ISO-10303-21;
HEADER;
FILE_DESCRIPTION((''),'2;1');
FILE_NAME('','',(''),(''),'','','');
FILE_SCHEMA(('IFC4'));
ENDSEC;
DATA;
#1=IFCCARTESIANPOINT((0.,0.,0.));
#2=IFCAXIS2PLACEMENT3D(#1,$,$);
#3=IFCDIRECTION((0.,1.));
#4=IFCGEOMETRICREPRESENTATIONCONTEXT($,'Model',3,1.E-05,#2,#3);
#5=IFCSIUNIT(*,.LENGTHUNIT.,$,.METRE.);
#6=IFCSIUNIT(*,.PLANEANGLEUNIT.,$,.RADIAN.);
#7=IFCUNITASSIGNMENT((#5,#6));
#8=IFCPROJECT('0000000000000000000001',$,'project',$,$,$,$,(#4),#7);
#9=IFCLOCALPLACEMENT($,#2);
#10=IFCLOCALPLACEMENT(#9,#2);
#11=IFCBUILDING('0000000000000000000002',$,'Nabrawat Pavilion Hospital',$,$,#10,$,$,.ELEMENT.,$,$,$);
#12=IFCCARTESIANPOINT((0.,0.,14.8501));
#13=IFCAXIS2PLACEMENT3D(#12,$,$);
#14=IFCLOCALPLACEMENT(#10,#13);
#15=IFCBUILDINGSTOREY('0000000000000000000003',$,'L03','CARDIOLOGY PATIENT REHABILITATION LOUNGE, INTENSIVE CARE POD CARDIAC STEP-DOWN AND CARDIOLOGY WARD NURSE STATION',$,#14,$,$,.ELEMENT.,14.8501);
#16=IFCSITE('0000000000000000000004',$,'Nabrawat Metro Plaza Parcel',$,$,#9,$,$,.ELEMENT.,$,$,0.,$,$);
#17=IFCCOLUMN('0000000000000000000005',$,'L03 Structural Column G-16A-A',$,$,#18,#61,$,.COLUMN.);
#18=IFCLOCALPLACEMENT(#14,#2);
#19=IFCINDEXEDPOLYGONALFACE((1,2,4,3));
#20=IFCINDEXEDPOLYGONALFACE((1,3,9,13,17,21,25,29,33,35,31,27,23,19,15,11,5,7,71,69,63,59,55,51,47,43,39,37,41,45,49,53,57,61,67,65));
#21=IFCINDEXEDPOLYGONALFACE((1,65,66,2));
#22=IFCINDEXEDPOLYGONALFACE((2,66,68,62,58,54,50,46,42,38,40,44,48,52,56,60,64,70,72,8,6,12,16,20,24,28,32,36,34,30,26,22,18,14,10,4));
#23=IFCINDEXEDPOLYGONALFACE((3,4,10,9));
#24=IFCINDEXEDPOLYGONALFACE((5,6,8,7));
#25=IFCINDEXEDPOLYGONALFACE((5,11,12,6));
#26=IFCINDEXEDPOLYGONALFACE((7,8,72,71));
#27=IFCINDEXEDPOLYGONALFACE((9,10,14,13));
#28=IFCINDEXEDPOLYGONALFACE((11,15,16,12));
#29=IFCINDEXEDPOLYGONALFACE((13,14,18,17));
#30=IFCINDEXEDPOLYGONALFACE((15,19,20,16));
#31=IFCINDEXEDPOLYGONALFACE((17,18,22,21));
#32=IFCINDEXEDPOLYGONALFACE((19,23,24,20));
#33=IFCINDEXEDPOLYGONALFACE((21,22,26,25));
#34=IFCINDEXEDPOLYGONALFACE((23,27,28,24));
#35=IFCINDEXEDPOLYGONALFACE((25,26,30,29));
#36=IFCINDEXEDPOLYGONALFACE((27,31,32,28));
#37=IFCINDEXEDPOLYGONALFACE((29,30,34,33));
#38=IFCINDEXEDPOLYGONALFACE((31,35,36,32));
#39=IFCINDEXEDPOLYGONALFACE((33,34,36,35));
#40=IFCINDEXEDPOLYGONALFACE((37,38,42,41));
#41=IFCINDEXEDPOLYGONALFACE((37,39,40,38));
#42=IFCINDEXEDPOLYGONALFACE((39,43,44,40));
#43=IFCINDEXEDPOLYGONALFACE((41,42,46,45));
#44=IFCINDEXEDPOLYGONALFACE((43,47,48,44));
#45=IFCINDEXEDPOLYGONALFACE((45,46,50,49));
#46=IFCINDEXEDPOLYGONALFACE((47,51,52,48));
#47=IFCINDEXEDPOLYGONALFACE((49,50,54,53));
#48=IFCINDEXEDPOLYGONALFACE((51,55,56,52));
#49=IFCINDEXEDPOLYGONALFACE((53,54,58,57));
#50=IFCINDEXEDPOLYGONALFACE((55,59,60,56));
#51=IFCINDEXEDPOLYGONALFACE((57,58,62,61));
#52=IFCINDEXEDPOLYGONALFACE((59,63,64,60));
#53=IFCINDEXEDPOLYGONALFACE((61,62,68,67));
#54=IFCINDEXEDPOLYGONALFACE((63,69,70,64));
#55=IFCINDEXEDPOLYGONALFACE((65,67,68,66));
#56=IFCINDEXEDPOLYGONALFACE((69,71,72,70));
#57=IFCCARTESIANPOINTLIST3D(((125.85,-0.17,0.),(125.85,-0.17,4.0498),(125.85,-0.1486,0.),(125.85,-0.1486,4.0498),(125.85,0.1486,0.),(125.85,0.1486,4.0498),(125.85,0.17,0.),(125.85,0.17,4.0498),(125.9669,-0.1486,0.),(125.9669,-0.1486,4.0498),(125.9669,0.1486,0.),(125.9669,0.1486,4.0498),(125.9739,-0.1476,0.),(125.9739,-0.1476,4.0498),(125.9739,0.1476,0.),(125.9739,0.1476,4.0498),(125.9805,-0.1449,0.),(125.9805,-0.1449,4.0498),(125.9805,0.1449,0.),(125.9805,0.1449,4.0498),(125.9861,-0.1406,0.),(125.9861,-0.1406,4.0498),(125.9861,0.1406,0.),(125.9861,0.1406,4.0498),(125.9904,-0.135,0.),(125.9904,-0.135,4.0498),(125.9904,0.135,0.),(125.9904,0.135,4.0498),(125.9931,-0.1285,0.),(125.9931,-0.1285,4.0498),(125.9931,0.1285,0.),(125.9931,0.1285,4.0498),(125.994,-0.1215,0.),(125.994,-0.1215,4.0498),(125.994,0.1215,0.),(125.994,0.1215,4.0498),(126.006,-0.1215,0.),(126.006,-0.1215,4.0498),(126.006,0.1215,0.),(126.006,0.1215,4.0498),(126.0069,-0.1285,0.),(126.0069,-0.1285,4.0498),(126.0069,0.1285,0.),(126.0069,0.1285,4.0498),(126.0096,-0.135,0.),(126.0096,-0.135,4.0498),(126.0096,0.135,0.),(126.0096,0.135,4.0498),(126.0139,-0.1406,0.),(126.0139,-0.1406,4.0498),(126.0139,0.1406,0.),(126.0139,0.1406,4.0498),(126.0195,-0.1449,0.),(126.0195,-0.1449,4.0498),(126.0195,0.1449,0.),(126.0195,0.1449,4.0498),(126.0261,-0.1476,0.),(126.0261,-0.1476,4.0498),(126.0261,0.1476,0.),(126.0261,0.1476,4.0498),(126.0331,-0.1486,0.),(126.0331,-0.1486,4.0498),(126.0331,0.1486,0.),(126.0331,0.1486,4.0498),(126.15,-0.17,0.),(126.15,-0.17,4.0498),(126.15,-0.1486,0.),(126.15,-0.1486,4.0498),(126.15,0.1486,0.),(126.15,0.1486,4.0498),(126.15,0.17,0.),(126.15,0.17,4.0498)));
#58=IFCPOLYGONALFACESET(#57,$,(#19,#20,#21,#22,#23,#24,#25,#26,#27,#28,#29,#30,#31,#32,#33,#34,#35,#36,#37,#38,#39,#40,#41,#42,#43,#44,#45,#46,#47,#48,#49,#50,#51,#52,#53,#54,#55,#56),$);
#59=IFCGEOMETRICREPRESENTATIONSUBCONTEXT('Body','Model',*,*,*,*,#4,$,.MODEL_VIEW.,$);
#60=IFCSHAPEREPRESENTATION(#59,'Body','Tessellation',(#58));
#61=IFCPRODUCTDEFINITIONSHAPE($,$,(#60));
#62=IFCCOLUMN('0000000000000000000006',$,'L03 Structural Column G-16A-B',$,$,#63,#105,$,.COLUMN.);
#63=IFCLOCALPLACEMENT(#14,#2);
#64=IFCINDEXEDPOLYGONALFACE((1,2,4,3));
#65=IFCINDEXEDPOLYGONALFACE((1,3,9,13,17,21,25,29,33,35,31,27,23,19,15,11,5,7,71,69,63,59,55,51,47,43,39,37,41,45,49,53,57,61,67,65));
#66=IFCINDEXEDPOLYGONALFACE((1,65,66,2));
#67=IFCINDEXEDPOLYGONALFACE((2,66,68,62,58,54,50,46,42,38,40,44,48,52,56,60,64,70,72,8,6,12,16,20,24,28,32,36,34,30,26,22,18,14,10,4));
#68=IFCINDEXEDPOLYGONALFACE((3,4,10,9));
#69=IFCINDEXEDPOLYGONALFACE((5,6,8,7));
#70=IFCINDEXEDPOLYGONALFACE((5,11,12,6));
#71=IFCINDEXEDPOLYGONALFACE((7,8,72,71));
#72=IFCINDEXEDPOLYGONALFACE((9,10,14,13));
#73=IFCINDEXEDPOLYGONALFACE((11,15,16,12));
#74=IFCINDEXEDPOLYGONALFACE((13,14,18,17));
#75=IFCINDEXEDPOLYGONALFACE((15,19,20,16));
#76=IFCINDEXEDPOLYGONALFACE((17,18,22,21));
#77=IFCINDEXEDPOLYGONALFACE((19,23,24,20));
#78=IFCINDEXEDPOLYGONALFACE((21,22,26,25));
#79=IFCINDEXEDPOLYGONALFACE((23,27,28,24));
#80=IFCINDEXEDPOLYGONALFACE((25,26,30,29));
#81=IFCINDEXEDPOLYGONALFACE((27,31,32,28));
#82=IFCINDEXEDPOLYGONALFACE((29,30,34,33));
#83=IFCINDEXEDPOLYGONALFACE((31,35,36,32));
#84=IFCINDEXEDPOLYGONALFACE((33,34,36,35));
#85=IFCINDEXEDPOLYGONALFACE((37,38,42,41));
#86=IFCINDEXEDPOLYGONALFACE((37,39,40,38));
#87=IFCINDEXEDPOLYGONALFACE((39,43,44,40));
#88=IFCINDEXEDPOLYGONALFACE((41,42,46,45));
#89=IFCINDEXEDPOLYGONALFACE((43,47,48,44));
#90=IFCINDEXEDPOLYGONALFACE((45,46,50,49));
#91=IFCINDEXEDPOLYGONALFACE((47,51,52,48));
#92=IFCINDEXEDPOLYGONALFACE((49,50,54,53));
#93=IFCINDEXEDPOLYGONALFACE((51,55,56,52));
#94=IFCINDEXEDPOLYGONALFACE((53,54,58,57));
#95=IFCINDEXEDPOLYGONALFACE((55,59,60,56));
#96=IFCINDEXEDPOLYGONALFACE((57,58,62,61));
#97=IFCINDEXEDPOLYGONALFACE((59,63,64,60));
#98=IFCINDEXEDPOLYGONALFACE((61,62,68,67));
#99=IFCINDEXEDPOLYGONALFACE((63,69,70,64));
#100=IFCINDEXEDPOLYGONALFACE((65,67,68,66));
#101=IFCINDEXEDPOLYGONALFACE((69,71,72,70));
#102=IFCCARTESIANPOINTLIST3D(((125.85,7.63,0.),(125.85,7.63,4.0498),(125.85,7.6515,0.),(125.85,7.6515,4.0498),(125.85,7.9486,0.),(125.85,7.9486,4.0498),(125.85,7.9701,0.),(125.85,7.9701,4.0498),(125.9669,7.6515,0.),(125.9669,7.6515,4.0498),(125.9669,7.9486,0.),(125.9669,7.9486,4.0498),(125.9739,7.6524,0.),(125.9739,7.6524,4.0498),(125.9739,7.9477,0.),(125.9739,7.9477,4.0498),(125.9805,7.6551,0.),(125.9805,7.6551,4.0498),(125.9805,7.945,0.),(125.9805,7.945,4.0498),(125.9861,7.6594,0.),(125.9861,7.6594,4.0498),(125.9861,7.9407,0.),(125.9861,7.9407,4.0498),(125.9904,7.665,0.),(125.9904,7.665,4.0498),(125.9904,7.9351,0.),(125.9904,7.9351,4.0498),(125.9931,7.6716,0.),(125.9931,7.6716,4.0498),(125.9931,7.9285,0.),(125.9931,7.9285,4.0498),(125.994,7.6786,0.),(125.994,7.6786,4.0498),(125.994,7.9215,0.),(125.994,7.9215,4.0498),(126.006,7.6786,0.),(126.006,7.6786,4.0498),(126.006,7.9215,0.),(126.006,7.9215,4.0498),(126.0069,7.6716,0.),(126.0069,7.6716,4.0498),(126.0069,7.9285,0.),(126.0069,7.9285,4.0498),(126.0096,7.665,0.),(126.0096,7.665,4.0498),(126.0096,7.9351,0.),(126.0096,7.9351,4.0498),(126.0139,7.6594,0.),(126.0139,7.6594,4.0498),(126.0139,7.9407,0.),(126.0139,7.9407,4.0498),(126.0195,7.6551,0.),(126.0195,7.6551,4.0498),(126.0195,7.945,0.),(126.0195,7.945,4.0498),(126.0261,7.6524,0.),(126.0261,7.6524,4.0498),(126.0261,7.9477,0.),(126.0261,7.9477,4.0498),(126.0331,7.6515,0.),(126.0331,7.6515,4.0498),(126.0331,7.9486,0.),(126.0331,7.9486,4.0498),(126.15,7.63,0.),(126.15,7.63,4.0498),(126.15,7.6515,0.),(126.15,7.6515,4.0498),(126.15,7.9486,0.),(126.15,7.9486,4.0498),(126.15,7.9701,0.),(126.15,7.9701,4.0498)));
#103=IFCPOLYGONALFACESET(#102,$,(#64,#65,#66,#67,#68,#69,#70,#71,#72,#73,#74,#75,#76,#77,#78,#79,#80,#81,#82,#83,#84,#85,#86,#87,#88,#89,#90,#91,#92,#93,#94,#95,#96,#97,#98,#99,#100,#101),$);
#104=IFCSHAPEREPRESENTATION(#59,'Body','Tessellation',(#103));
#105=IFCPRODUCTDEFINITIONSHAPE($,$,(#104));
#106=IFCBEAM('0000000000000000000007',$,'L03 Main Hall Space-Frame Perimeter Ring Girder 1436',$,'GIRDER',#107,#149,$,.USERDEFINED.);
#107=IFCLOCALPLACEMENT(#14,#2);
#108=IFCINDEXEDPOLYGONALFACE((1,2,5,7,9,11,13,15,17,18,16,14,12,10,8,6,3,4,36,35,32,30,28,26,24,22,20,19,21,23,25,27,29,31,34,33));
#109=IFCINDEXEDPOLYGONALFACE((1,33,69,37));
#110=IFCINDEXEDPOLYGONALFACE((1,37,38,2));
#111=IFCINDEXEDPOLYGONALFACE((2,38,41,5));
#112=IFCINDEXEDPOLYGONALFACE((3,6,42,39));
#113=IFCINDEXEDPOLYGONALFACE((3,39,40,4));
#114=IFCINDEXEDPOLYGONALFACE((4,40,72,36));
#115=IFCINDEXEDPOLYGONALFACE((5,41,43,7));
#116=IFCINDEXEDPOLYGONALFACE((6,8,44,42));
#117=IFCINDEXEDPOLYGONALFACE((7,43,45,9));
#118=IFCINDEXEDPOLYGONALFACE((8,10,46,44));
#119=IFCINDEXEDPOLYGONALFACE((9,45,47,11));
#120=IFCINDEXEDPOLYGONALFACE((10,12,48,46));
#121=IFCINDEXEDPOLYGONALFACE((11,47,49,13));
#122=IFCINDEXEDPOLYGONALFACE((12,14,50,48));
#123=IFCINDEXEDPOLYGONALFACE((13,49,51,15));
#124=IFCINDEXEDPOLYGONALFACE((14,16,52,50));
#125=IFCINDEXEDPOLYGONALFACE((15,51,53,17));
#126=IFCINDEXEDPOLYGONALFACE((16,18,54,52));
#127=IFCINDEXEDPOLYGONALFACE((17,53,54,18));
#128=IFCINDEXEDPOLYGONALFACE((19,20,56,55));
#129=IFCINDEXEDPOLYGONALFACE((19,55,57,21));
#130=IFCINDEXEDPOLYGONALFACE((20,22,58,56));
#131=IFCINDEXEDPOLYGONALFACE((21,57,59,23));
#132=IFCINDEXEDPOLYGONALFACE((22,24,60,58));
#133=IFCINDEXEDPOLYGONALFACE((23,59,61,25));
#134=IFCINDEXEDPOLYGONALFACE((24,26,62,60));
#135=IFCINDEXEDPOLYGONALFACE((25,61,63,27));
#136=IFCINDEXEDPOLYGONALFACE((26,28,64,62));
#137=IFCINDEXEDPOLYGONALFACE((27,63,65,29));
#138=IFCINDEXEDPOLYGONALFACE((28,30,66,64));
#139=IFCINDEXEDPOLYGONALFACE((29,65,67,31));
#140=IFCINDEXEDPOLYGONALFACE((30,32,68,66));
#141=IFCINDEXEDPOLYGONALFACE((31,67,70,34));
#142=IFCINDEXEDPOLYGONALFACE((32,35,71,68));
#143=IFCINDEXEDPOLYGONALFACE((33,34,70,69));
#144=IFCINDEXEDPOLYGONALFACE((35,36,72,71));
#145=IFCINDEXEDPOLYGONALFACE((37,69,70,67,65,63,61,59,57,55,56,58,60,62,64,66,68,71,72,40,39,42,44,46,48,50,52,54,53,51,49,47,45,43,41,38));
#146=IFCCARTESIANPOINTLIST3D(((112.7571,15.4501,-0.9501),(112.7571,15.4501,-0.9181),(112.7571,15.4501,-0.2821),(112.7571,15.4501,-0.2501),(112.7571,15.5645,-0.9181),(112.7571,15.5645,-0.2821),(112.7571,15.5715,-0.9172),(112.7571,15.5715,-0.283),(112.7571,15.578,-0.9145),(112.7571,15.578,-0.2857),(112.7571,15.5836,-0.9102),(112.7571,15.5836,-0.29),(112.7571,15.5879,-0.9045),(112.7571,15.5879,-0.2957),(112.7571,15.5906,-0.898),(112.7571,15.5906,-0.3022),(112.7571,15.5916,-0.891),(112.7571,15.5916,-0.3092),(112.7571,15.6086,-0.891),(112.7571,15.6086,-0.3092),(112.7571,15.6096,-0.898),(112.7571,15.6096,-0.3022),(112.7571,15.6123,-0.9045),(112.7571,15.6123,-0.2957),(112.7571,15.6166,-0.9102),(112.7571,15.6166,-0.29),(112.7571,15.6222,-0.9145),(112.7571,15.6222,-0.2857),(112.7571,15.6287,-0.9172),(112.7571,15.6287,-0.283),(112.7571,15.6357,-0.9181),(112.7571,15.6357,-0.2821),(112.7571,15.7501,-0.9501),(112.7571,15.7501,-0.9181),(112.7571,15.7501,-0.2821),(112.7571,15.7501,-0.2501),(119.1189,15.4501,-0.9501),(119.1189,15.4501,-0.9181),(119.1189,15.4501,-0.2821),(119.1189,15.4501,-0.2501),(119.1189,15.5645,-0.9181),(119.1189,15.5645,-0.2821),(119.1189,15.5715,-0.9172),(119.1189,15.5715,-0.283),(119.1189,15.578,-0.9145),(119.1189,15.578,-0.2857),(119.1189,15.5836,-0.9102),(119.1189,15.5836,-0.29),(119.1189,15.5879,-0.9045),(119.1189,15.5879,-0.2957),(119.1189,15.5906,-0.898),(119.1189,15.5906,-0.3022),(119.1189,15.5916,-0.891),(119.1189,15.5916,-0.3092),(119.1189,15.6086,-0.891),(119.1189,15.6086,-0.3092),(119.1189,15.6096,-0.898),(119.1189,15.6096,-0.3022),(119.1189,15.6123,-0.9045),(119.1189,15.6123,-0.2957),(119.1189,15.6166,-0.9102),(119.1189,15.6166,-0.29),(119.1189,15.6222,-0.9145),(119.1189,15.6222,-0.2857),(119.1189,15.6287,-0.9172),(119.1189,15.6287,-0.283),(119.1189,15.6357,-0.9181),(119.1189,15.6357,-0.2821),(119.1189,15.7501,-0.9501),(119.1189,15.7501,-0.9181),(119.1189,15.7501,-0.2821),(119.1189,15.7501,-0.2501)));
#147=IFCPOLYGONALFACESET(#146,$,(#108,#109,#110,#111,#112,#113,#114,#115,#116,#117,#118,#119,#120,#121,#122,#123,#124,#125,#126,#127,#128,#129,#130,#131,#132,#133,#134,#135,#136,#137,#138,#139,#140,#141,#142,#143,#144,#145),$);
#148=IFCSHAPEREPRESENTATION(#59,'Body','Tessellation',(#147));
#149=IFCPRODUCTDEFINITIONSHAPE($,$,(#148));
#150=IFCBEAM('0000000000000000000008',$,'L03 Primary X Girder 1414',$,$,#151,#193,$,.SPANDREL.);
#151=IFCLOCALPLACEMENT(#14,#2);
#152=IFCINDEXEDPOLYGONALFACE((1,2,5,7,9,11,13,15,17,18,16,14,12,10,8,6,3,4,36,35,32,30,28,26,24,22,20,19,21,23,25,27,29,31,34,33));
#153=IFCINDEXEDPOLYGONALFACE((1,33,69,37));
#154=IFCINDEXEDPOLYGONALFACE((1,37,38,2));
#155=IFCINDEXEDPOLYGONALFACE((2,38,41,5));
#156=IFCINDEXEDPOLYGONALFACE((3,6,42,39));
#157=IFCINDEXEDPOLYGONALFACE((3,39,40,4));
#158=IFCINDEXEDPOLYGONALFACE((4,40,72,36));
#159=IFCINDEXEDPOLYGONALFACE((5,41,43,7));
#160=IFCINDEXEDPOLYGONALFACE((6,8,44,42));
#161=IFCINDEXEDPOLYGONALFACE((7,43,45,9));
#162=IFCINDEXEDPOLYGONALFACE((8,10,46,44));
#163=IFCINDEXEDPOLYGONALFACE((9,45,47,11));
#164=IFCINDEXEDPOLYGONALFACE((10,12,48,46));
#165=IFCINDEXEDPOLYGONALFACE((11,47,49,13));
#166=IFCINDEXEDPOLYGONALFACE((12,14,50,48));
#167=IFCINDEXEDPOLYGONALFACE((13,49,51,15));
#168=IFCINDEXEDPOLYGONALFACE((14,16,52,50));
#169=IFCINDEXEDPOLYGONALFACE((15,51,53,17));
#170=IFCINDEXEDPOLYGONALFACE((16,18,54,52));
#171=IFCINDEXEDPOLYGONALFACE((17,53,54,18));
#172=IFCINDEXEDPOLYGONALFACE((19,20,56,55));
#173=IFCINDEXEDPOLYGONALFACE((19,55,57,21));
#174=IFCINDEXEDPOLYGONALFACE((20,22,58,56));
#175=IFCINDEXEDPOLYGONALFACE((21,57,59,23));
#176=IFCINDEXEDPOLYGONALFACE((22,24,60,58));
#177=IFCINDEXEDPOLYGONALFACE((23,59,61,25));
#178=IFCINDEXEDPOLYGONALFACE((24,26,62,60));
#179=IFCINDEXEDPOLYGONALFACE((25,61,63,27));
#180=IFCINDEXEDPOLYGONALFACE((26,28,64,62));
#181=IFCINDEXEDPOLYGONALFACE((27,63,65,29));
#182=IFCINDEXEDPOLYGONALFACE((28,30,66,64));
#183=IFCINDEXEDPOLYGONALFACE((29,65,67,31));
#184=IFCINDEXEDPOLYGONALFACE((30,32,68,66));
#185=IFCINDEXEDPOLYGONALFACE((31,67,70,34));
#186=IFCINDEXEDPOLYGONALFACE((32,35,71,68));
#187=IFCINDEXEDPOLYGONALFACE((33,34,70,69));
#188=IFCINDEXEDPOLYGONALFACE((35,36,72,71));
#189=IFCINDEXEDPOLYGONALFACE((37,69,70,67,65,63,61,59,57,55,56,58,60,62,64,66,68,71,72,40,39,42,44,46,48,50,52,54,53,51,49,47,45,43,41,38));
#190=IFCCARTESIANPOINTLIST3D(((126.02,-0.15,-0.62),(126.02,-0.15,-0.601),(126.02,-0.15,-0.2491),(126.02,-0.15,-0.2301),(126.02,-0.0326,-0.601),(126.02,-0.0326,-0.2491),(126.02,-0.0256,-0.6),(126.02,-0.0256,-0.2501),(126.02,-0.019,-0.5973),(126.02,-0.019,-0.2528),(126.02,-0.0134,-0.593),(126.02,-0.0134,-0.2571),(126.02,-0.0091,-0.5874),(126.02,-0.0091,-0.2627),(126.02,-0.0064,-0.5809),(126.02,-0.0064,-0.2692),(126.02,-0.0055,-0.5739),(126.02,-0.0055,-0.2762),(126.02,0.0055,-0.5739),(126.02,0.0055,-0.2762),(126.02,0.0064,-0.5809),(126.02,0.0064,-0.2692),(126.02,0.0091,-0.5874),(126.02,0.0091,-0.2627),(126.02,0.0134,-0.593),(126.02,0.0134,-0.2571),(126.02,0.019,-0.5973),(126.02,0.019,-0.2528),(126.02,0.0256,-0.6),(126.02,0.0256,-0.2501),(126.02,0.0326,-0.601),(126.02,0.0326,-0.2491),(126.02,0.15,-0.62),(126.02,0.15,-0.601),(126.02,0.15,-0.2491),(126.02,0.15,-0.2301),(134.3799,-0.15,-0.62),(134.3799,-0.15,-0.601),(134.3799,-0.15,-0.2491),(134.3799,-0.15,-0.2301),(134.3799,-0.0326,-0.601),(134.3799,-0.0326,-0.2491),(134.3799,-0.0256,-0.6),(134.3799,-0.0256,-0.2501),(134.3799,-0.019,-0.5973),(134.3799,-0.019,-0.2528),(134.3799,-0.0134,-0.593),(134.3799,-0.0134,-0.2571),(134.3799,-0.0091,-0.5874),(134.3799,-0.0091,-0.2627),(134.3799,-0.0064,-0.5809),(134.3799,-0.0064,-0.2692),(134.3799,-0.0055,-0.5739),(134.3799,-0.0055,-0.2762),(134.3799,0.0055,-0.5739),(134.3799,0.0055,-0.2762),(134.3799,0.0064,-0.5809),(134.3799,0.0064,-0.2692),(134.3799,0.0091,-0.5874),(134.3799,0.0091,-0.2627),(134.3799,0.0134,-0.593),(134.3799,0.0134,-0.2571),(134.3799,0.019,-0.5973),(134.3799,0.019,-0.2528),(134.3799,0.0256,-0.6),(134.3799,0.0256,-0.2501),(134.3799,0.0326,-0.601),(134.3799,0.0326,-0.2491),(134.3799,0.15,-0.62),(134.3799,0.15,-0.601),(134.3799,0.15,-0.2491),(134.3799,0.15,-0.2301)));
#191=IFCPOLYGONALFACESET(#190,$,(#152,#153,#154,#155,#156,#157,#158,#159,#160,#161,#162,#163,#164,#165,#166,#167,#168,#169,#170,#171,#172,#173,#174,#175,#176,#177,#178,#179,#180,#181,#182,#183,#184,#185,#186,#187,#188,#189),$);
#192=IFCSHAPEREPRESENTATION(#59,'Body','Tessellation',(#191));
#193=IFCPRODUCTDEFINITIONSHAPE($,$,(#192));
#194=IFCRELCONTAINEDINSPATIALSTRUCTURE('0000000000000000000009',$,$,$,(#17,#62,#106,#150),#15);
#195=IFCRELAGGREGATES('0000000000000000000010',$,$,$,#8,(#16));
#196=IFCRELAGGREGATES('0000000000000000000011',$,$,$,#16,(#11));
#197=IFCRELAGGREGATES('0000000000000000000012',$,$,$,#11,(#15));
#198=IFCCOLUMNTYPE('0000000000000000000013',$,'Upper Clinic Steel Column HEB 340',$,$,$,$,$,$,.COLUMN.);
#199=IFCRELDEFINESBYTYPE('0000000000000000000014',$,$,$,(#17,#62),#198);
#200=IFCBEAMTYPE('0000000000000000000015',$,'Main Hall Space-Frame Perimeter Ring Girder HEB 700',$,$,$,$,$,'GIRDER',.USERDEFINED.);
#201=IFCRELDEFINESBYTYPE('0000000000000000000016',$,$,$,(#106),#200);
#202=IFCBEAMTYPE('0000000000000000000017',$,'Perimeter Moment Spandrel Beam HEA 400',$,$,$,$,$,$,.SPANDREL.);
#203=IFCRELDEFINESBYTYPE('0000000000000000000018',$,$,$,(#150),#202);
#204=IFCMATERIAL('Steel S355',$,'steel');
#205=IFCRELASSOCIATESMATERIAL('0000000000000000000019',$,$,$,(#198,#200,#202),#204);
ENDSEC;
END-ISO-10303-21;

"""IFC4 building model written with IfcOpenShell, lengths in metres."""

from ifc_helpers import new_model, si_unit, direction, frame, origin, origin_2d, place, context, subcontext, project, spatial, i_section, extrude, material, material_profile, profile_set, type_object, element, save


model = new_model("IFC4")

# Units and contexts
model_context = context("Model", 3, precision=1e-05, world=origin(), true_north=direction((0.0, 1.0)))
body_context = subcontext(model_context, "Body", "Model", "MODEL_VIEW")
ifc_project = project(units=[si_unit("LENGTHUNIT", "METRE"), si_unit("PLANEANGLEUNIT", "RADIAN")], contexts=[model_context])

# Site, building, storey
site_placement = place(None, origin())
site = spatial("IfcSite", under=ifc_project, at=site_placement, Name="Nabrawat Metro Plaza Parcel", CompositionType="ELEMENT", RefElevation=0.0)
building_placement = place(site_placement, origin())
building = spatial("IfcBuilding", under=site, at=building_placement, Name="Nabrawat Pavilion Hospital", CompositionType="ELEMENT")
storey_placement = place(building_placement, frame((0.0, 0.0, 14.8501)))
storey = spatial("IfcBuildingStorey", under=building, at=storey_placement, Name="L03", Description="CARDIOLOGY PATIENT REHABILITATION LOUNGE, INTENSIVE CARE POD CARDIAC STEP-DOWN AND CARDIOLOGY WARD NURSE STATION", CompositionType="ELEMENT", Elevation=14.8501)

# Columns
ifc_material_1 = material(Name="Steel S355", Category="steel")
ifc_material_profile_1 = material_profile(ifc_material_1, i_section(OverallWidth=0.3, OverallDepth=0.3401, WebThickness=0.012, FlangeThickness=0.0215, FilletRadius=0.0271, at=origin_2d()), Name="HEB 340")
ifc_profile_set_1 = profile_set([ifc_material_profile_1], Name="Steel S355")
column_type = type_object("IfcColumnType", Name="Upper Clinic Steel Column HEB 340", PredefinedType="COLUMN", material=ifc_profile_set_1)
for number, where, z_axis, x_axis, name in (
    (1, (126.0, 0.0, 0.0), (0.0, 0.0, 1.0), (1.0, 0.0, 0.0), "L03 Structural Column G-16A-A"),
    (2, (126.0, 7.8, 0.0), (0.0, 0.0, 1.0), (1.0, 0.0, 0.0), "L03 Structural Column G-16A-B"),
):
    element("IfcColumn", number, at=place(storey_placement, frame(where, z_axis=z_axis, x_axis=x_axis)), inside=storey, type_object=column_type, Name=name, PredefinedType="COLUMN", context=body_context, shape_type="SweptSolid", body=[
        extrude(i_section(OverallWidth=0.3, OverallDepth=0.3401, WebThickness=0.012, FlangeThickness=0.0215, FilletRadius=0.0271, at=origin_2d()), origin(), (0.0, 0.0, 1.0), 4.0498),
    ])

# Beams
ifc_material_profile_2 = material_profile(ifc_material_1, i_section(OverallWidth=0.3, OverallDepth=0.7, WebThickness=0.0171, FlangeThickness=0.032, FilletRadius=0.0271, at=origin_2d()), Name="HEB 700")
ifc_profile_set_2 = profile_set([ifc_material_profile_2], Name="Steel S355")
beam_type_1 = type_object("IfcBeamType", Name="Main Hall Space-Frame Perimeter Ring Girder HEB 700", ElementType="GIRDER", PredefinedType="USERDEFINED", material=ifc_profile_set_2)
beam_1_placement = place(storey_placement, frame((112.7571, 15.6001, -0.6001), z_axis=(1.0, 0.0, 0.0), x_axis=(0.0, 1.0, 0.0)))
element("IfcBeam", 3, at=beam_1_placement, inside=storey, type_object=beam_type_1, Name="L03 Main Hall Space-Frame Perimeter Ring Girder 1436", ObjectType="GIRDER", PredefinedType="USERDEFINED", context=body_context, shape_type="SweptSolid", body=[
    extrude(i_section(OverallWidth=0.3, OverallDepth=0.7, WebThickness=0.0171, FlangeThickness=0.032, FilletRadius=0.0271, at=origin_2d()), origin(), (0.0, 0.0, 1.0), 6.3618),
])
ifc_material_profile_3 = material_profile(ifc_material_1, i_section(OverallWidth=0.3, OverallDepth=0.3899, WebThickness=0.011, FlangeThickness=0.019, FilletRadius=0.0271, at=origin_2d()), Name="HEA 400")
ifc_profile_set_3 = profile_set([ifc_material_profile_3], Name="Steel S355")
beam_type_2 = type_object("IfcBeamType", Name="Perimeter Moment Spandrel Beam HEA 400", PredefinedType="SPANDREL", material=ifc_profile_set_3)
beam_2_placement = place(storey_placement, frame((126.02, 0.0, -0.425), z_axis=(1.0, 0.0, 0.0), x_axis=(0.0, 1.0, 0.0)))
element("IfcBeam", 4, at=beam_2_placement, inside=storey, type_object=beam_type_2, Name="L03 Primary X Girder 1414", PredefinedType="SPANDREL", context=body_context, shape_type="SweptSolid", body=[
    extrude(i_section(OverallWidth=0.3, OverallDepth=0.3899, WebThickness=0.011, FlangeThickness=0.019, FilletRadius=0.0271, at=origin_2d()), origin(), (0.0, 0.0, 1.0), 8.3599),
])

save(model, "model.ifc")
